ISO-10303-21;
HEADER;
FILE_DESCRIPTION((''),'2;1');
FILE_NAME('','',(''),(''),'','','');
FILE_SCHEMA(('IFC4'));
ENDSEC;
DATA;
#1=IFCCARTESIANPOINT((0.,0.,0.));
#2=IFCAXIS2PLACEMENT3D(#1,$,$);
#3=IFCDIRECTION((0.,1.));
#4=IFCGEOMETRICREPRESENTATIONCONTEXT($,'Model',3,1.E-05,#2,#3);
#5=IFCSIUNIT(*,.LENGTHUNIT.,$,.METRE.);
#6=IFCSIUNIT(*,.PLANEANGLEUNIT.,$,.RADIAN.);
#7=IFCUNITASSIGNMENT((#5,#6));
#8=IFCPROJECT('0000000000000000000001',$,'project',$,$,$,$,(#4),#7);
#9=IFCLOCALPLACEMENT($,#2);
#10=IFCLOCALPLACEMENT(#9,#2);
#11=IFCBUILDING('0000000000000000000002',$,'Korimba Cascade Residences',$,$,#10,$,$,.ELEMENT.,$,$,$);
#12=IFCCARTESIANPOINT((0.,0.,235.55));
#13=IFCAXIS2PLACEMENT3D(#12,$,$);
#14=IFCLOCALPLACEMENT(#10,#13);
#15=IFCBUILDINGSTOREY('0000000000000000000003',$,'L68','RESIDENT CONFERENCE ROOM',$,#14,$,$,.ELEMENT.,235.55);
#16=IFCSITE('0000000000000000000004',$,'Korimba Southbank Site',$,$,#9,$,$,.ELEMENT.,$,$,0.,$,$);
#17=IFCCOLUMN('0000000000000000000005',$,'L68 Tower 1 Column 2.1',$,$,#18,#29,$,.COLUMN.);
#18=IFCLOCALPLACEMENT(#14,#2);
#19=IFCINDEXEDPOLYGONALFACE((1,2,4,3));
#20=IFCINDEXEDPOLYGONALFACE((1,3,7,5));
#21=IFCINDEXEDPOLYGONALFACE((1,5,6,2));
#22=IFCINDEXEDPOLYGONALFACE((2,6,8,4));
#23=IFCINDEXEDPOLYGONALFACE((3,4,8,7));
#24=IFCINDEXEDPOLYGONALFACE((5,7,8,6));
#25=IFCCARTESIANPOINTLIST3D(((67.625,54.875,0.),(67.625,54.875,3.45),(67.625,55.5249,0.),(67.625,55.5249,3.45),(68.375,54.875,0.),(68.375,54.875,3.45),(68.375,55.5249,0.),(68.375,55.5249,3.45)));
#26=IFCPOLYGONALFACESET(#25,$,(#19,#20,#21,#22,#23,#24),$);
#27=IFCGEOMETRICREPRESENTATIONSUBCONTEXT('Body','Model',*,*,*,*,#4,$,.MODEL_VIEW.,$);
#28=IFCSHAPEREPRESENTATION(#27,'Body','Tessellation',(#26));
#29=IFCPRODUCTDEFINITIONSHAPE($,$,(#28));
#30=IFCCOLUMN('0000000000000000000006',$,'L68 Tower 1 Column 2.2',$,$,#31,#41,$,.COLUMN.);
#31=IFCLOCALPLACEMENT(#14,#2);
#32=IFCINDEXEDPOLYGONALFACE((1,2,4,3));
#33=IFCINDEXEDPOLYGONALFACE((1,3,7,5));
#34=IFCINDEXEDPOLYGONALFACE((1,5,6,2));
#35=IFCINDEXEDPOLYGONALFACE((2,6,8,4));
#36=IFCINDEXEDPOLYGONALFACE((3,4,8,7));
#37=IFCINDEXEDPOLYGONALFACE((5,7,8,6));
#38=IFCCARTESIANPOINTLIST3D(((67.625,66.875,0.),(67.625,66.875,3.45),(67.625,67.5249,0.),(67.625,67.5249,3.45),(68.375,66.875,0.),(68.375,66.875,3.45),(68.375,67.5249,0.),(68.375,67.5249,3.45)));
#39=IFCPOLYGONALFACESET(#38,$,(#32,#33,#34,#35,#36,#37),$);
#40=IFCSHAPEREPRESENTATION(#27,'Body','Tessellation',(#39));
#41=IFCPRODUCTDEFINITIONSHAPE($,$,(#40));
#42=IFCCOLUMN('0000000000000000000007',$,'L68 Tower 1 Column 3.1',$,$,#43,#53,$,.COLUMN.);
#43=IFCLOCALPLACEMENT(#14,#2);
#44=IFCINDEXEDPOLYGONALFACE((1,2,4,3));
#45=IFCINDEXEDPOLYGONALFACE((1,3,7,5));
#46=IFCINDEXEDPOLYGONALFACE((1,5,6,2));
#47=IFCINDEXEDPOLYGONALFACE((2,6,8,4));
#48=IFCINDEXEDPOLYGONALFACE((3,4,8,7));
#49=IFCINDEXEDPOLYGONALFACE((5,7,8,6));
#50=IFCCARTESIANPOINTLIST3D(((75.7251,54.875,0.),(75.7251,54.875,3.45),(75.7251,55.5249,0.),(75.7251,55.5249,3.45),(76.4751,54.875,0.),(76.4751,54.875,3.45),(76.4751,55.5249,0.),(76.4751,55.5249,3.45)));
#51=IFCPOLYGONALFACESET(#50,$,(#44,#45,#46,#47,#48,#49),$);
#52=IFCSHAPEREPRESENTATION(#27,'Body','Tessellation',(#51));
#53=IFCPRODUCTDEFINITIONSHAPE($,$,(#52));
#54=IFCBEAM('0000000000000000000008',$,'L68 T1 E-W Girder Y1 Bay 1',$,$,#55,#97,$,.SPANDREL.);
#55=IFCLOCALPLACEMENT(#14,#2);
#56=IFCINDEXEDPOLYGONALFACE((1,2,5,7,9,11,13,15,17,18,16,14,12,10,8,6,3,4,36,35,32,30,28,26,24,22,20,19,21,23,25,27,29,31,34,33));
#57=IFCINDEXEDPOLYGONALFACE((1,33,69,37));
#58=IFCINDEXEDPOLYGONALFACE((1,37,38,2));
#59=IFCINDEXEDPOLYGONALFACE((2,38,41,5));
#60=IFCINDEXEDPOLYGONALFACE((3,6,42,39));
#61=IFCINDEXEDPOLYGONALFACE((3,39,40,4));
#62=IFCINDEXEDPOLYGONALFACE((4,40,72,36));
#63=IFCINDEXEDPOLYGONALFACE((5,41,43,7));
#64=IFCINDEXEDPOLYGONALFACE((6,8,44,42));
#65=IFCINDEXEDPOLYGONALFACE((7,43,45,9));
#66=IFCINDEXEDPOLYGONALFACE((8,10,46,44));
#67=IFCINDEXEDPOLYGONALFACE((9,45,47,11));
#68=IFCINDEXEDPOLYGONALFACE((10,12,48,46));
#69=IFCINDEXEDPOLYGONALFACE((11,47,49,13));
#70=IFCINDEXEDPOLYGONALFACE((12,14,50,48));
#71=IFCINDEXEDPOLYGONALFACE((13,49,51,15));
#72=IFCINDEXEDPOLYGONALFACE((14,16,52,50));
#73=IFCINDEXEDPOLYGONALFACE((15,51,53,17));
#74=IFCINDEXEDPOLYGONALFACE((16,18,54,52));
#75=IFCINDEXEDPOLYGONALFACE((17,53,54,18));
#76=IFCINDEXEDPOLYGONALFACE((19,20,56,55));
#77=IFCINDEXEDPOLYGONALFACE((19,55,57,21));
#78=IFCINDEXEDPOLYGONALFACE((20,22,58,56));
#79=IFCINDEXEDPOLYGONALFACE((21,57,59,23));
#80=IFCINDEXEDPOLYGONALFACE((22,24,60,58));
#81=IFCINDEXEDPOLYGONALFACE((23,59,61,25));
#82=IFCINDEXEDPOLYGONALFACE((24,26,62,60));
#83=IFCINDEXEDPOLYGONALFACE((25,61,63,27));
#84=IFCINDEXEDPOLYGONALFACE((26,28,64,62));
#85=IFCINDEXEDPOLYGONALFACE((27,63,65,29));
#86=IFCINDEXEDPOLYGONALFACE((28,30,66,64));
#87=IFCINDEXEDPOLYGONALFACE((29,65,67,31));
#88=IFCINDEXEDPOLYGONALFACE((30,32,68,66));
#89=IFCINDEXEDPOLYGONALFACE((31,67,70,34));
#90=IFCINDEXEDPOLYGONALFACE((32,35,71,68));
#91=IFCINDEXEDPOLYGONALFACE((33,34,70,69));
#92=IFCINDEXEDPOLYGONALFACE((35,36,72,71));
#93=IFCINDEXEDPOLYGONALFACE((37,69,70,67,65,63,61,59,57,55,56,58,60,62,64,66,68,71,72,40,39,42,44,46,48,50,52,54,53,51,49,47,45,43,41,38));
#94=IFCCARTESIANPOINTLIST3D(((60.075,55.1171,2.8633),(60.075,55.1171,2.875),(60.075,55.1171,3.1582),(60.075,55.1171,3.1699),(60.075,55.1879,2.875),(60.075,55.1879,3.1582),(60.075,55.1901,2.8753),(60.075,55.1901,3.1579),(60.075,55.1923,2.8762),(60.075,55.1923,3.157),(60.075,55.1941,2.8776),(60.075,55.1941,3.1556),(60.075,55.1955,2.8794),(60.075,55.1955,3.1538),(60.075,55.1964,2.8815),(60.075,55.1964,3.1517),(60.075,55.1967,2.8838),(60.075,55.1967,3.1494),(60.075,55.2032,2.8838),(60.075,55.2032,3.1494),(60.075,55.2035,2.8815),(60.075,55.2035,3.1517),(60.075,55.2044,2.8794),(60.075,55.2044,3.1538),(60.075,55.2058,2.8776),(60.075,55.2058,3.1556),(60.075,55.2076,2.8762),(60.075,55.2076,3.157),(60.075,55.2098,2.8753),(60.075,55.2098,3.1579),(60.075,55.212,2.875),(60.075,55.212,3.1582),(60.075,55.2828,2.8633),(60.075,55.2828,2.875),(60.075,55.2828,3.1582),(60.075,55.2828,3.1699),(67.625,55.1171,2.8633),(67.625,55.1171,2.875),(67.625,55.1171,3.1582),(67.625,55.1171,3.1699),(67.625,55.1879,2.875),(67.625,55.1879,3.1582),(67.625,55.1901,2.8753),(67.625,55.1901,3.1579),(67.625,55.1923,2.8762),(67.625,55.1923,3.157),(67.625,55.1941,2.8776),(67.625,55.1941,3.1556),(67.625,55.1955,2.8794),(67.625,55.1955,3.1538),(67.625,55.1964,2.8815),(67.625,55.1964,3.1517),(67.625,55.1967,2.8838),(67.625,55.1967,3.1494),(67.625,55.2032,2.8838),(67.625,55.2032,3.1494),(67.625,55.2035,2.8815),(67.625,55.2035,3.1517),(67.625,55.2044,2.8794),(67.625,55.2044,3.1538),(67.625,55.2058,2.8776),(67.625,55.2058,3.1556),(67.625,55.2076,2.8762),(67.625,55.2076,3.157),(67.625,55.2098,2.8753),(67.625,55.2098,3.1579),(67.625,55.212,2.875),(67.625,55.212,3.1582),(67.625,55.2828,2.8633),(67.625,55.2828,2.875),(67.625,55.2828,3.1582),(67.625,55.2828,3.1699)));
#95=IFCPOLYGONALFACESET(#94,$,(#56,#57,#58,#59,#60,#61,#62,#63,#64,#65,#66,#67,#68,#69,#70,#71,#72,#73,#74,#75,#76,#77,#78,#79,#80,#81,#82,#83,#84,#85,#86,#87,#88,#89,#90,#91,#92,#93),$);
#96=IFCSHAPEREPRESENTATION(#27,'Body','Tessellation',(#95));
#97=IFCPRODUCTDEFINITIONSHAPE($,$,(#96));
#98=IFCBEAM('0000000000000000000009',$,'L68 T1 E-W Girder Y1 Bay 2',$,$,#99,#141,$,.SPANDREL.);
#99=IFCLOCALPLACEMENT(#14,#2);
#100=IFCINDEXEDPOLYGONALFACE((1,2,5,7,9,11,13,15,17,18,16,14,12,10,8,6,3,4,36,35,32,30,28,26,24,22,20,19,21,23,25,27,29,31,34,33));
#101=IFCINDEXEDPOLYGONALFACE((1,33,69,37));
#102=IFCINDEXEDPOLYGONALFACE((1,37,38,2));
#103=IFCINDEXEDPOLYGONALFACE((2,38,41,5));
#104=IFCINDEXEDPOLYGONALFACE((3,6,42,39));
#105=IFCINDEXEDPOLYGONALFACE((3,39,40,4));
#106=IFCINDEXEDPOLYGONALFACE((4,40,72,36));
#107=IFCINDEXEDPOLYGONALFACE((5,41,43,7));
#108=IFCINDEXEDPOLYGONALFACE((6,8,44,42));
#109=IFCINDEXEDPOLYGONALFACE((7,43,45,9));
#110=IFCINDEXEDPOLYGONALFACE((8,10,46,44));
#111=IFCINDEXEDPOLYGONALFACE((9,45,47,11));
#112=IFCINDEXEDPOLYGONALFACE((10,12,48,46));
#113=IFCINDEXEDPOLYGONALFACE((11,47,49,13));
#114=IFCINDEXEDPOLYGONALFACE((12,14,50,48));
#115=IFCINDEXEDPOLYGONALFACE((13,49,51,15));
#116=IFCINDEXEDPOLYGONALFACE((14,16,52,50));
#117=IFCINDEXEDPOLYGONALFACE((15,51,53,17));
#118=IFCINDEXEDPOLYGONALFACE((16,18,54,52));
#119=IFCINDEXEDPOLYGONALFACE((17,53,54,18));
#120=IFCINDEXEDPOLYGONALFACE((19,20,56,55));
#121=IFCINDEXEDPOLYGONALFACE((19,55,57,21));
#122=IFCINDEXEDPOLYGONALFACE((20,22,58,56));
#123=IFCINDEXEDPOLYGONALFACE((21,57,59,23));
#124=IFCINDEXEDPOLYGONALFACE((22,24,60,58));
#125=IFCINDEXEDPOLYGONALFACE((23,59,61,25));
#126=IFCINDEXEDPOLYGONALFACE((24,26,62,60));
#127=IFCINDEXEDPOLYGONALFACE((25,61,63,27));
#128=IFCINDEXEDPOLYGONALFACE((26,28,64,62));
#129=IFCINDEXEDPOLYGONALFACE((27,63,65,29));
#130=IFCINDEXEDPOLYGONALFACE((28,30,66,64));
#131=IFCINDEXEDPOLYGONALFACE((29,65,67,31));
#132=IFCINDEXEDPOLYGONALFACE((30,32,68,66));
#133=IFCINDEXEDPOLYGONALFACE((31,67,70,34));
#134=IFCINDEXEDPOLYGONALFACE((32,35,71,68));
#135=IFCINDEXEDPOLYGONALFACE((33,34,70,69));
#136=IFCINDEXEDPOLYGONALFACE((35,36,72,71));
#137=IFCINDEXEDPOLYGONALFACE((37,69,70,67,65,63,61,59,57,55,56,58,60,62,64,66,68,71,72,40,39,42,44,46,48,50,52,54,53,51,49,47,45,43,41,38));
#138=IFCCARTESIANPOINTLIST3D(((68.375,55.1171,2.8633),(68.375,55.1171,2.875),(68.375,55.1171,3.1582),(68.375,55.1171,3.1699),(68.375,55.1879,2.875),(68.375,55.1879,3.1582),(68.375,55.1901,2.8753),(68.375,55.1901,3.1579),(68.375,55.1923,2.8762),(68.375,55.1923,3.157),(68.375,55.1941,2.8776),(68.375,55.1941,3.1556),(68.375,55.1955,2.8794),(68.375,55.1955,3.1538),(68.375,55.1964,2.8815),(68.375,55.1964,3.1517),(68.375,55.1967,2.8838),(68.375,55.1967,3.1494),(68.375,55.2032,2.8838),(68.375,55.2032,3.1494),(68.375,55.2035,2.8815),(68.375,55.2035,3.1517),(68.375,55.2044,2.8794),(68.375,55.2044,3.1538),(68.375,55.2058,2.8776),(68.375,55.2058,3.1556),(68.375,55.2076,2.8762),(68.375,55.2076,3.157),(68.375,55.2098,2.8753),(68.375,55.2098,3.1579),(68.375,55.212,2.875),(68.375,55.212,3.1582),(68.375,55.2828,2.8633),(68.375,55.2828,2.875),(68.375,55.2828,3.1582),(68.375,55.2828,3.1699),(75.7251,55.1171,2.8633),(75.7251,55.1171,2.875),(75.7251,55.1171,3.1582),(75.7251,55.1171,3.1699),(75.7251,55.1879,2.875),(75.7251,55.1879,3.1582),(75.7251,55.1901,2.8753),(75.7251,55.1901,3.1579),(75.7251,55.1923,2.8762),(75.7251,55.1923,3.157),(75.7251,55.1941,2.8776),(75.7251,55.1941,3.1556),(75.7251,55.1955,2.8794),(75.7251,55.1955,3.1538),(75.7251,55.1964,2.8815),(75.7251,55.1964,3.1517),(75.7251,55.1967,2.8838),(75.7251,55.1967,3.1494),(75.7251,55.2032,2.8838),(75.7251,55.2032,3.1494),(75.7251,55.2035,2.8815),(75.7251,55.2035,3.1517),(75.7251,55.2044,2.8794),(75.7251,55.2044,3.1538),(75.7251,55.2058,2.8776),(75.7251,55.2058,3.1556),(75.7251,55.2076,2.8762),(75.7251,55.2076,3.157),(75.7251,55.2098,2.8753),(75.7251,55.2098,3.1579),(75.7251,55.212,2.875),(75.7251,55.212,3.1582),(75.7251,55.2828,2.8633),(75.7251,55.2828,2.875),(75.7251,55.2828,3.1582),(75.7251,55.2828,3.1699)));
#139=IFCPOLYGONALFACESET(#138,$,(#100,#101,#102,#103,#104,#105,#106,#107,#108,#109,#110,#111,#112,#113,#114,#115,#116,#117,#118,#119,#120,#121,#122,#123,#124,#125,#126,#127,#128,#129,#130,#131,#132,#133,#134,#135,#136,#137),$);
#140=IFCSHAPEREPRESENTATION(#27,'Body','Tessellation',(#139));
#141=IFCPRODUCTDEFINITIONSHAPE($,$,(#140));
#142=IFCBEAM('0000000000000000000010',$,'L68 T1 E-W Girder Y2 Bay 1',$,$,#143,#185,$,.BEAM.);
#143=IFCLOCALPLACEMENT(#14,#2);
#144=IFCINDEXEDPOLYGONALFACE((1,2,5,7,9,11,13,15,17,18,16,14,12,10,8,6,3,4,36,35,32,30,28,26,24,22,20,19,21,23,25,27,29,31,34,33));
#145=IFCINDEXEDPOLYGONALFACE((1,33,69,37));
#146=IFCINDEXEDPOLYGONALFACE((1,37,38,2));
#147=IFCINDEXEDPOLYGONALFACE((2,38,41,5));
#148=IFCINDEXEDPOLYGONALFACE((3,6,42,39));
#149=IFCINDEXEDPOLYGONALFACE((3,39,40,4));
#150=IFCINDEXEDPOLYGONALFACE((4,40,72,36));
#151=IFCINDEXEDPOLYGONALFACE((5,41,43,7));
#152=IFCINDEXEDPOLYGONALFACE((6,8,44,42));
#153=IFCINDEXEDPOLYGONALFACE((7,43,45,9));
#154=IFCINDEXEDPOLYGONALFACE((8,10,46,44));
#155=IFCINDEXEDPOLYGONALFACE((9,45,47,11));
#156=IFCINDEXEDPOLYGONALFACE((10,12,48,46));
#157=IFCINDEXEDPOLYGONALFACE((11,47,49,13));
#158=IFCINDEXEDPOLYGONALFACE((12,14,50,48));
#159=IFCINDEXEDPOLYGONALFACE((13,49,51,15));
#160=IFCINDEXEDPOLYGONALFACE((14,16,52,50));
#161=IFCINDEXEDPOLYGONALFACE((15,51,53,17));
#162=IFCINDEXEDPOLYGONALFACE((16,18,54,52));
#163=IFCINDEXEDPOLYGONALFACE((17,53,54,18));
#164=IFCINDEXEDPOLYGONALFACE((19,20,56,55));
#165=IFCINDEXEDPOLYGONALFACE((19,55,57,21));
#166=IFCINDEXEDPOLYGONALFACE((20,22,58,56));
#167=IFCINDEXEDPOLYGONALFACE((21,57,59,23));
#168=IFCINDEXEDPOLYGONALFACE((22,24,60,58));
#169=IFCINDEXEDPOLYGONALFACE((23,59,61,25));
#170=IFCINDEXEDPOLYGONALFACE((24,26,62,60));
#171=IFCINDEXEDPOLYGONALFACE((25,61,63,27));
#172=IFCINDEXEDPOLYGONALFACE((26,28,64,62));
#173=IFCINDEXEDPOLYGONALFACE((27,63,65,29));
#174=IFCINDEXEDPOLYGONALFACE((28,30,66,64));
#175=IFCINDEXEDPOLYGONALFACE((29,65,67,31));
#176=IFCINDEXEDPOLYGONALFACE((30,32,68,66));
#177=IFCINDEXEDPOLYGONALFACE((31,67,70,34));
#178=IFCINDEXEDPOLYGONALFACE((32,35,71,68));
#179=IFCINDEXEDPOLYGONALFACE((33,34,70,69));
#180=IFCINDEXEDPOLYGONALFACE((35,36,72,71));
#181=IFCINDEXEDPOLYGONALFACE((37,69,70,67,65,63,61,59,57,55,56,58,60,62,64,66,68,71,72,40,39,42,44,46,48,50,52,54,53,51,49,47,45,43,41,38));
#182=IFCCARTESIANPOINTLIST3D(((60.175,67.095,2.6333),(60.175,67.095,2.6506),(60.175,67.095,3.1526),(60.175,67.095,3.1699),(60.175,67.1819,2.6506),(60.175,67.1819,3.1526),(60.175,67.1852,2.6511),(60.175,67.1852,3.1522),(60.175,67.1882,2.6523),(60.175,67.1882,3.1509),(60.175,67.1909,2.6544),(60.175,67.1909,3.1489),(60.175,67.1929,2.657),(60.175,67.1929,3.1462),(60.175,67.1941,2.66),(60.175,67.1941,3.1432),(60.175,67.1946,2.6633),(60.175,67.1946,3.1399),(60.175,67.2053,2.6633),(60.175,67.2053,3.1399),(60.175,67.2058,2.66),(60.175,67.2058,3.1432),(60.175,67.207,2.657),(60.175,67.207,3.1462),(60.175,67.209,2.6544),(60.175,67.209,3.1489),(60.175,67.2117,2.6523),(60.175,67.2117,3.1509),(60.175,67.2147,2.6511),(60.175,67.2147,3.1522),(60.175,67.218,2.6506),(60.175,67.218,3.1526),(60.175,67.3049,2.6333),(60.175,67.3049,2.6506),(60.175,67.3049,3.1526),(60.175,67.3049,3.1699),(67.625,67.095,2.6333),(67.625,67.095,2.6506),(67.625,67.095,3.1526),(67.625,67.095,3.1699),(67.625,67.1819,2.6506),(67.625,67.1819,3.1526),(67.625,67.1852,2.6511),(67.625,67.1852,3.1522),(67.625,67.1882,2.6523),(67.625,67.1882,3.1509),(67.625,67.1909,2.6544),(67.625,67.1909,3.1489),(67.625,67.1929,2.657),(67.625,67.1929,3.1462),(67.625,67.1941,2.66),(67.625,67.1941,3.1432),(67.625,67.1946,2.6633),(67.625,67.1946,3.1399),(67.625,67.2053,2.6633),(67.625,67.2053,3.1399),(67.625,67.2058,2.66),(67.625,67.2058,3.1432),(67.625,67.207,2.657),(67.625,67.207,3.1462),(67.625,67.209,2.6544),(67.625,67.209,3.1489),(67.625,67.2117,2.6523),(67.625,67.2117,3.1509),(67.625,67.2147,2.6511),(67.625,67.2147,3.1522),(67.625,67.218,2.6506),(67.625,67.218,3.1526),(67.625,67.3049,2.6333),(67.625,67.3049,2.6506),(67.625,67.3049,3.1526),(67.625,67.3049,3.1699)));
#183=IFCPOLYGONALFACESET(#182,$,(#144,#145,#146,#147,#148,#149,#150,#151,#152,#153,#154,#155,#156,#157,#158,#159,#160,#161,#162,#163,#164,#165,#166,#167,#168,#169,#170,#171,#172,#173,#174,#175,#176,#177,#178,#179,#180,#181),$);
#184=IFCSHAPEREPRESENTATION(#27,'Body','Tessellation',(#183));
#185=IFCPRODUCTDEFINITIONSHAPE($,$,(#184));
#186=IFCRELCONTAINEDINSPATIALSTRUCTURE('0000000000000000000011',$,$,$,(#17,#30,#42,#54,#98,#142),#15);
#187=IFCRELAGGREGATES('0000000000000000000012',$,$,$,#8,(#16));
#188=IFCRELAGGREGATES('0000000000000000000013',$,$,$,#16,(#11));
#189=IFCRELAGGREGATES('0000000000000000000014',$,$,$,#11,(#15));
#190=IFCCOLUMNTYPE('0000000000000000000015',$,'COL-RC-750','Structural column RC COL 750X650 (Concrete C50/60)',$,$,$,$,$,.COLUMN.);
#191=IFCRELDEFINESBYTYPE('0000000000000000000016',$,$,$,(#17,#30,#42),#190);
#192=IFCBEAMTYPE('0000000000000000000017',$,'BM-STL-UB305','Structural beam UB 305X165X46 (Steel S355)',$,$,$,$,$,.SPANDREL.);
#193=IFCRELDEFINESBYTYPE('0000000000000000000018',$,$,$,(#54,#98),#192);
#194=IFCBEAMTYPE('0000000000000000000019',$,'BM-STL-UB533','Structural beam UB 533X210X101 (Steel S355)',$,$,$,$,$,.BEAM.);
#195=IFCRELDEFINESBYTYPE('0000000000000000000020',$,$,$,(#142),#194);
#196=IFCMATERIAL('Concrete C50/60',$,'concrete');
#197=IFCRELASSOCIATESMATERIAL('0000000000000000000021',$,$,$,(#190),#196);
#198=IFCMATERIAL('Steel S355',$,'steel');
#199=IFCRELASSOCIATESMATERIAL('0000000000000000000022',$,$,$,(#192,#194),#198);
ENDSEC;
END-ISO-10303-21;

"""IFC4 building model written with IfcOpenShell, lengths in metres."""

from ifc_helpers import new_model, si_unit, direction, frame, origin, origin_2d, place, context, subcontext, project, spatial, rectangle, i_section, extrude, material, material_profile, profile_set, type_object, element, save


model = new_model("IFC4")

# Units and contexts
model_context = context("Model", 3, precision=1e-05, world=origin(), true_north=direction((0.0, 1.0)))
body_context = subcontext(model_context, "Body", "Model", "MODEL_VIEW")
ifc_project = project(units=[si_unit("LENGTHUNIT", "METRE"), si_unit("PLANEANGLEUNIT", "RADIAN")], contexts=[model_context])

# Site, building, storey
site_placement = place(None, origin())
site = spatial("IfcSite", under=ifc_project, at=site_placement, Name="Korimba Southbank Site", CompositionType="ELEMENT", RefElevation=0.0)
building_placement = place(site_placement, origin())
building = spatial("IfcBuilding", under=site, at=building_placement, Name="Korimba Cascade Residences", CompositionType="ELEMENT")
storey_placement = place(building_placement, frame((0.0, 0.0, 235.55)))
storey = spatial("IfcBuildingStorey", under=building, at=storey_placement, Name="L68", Description="RESIDENT CONFERENCE ROOM", CompositionType="ELEMENT", Elevation=235.55)

# Columns
ifc_material_1 = material(Name="Concrete C50/60", Category="concrete")
ifc_material_profile_1 = material_profile(ifc_material_1, rectangle(XDim=0.75, YDim=0.6499, at=origin_2d()), Name="Concrete C50/60")
ifc_profile_set_1 = profile_set([ifc_material_profile_1], Name="Concrete C50/60")
column_type = type_object("IfcColumnType", Name="COL-RC-750", Description="Structural column RC COL 750X650 (Concrete C50/60)", PredefinedType="COLUMN", material=ifc_profile_set_1)
for number, where, z_axis, x_axis, name in (
    (1, (68.0, 55.2, 0.0), (0.0, 0.0, 1.0), (1.0, 0.0, 0.0), "L68 Tower 1 Column 2.1"),
    (2, (68.0, 67.2, 0.0), (0.0, 0.0, 1.0), (1.0, 0.0, 0.0), "L68 Tower 1 Column 2.2"),
    (3, (76.1001, 55.2, 0.0), (0.0, 0.0, 1.0), (1.0, 0.0, 0.0), "L68 Tower 1 Column 3.1"),
):
    element("IfcColumn", number, at=place(storey_placement, frame(where, z_axis=z_axis, x_axis=x_axis)), inside=storey, type_object=column_type, Name=name, PredefinedType="COLUMN", context=body_context, shape_type="SweptSolid", body=[
        extrude(rectangle(XDim=0.75, YDim=0.6499, at=origin_2d()), origin(), (0.0, 0.0, 1.0), 3.45),
    ])

# Beams
ifc_material_2 = material(Name="Steel S355", Category="steel")
ifc_material_profile_2 = material_profile(ifc_material_2, i_section(OverallWidth=0.1658, OverallDepth=0.3066, WebThickness=0.0066, FlangeThickness=0.0117, FilletRadius=0.0088, at=origin_2d()), Name="Steel S355")
ifc_profile_set_2 = profile_set([ifc_material_profile_2], Name="Steel S355")
beam_type_1 = type_object("IfcBeamType", Name="BM-STL-UB305", Description="Structural beam UB 305X165X46 (Steel S355)", PredefinedType="SPANDREL", material=ifc_profile_set_2)
beam_1_placement = place(storey_placement, frame((60.075, 55.2, 3.0166), z_axis=(1.0, 0.0, 0.0), x_axis=(0.0, 1.0, 0.0)))
element("IfcBeam", 4, at=beam_1_placement, inside=storey, type_object=beam_type_1, Name="L68 T1 E-W Girder Y1 Bay 1", PredefinedType="SPANDREL", context=body_context, shape_type="SweptSolid", body=[
    extrude(i_section(OverallWidth=0.1658, OverallDepth=0.3066, WebThickness=0.0066, FlangeThickness=0.0117, FilletRadius=0.0088, at=origin_2d()), origin(), (0.0, 0.0, 1.0), 7.55),
])
beam_2_placement = place(storey_placement, frame((68.375, 55.2, 3.0166), z_axis=(1.0, 0.0, 0.0), x_axis=(0.0, 1.0, 0.0)))
element("IfcBeam", 5, at=beam_2_placement, inside=storey, type_object=beam_type_1, Name="L68 T1 E-W Girder Y1 Bay 2", PredefinedType="SPANDREL", context=body_context, shape_type="SweptSolid", body=[
    extrude(i_section(OverallWidth=0.1658, OverallDepth=0.3066, WebThickness=0.0066, FlangeThickness=0.0117, FilletRadius=0.0088, at=origin_2d()), origin(), (0.0, 0.0, 1.0), 7.3501),
])
ifc_material_profile_3 = material_profile(ifc_material_2, i_section(OverallWidth=0.21, OverallDepth=0.5366, WebThickness=0.0107, FlangeThickness=0.0173, FilletRadius=0.0127, at=origin_2d()), Name="Steel S355")
ifc_profile_set_3 = profile_set([ifc_material_profile_3], Name="Steel S355")
beam_type_2 = type_object("IfcBeamType", Name="BM-STL-UB533", Description="Structural beam UB 533X210X101 (Steel S355)", PredefinedType="BEAM", material=ifc_profile_set_3)
beam_3_placement = place(storey_placement, frame((60.175, 67.2, 2.9016), z_axis=(1.0, 0.0, 0.0), x_axis=(0.0, 1.0, 0.0)))
element("IfcBeam", 6, at=beam_3_placement, inside=storey, type_object=beam_type_2, Name="L68 T1 E-W Girder Y2 Bay 1", PredefinedType="BEAM", context=body_context, shape_type="SweptSolid", body=[
    extrude(i_section(OverallWidth=0.21, OverallDepth=0.5366, WebThickness=0.0107, FlangeThickness=0.0173, FilletRadius=0.0127, at=origin_2d()), origin(), (0.0, 0.0, 1.0), 7.45),
])

save(model, "model.ifc")
